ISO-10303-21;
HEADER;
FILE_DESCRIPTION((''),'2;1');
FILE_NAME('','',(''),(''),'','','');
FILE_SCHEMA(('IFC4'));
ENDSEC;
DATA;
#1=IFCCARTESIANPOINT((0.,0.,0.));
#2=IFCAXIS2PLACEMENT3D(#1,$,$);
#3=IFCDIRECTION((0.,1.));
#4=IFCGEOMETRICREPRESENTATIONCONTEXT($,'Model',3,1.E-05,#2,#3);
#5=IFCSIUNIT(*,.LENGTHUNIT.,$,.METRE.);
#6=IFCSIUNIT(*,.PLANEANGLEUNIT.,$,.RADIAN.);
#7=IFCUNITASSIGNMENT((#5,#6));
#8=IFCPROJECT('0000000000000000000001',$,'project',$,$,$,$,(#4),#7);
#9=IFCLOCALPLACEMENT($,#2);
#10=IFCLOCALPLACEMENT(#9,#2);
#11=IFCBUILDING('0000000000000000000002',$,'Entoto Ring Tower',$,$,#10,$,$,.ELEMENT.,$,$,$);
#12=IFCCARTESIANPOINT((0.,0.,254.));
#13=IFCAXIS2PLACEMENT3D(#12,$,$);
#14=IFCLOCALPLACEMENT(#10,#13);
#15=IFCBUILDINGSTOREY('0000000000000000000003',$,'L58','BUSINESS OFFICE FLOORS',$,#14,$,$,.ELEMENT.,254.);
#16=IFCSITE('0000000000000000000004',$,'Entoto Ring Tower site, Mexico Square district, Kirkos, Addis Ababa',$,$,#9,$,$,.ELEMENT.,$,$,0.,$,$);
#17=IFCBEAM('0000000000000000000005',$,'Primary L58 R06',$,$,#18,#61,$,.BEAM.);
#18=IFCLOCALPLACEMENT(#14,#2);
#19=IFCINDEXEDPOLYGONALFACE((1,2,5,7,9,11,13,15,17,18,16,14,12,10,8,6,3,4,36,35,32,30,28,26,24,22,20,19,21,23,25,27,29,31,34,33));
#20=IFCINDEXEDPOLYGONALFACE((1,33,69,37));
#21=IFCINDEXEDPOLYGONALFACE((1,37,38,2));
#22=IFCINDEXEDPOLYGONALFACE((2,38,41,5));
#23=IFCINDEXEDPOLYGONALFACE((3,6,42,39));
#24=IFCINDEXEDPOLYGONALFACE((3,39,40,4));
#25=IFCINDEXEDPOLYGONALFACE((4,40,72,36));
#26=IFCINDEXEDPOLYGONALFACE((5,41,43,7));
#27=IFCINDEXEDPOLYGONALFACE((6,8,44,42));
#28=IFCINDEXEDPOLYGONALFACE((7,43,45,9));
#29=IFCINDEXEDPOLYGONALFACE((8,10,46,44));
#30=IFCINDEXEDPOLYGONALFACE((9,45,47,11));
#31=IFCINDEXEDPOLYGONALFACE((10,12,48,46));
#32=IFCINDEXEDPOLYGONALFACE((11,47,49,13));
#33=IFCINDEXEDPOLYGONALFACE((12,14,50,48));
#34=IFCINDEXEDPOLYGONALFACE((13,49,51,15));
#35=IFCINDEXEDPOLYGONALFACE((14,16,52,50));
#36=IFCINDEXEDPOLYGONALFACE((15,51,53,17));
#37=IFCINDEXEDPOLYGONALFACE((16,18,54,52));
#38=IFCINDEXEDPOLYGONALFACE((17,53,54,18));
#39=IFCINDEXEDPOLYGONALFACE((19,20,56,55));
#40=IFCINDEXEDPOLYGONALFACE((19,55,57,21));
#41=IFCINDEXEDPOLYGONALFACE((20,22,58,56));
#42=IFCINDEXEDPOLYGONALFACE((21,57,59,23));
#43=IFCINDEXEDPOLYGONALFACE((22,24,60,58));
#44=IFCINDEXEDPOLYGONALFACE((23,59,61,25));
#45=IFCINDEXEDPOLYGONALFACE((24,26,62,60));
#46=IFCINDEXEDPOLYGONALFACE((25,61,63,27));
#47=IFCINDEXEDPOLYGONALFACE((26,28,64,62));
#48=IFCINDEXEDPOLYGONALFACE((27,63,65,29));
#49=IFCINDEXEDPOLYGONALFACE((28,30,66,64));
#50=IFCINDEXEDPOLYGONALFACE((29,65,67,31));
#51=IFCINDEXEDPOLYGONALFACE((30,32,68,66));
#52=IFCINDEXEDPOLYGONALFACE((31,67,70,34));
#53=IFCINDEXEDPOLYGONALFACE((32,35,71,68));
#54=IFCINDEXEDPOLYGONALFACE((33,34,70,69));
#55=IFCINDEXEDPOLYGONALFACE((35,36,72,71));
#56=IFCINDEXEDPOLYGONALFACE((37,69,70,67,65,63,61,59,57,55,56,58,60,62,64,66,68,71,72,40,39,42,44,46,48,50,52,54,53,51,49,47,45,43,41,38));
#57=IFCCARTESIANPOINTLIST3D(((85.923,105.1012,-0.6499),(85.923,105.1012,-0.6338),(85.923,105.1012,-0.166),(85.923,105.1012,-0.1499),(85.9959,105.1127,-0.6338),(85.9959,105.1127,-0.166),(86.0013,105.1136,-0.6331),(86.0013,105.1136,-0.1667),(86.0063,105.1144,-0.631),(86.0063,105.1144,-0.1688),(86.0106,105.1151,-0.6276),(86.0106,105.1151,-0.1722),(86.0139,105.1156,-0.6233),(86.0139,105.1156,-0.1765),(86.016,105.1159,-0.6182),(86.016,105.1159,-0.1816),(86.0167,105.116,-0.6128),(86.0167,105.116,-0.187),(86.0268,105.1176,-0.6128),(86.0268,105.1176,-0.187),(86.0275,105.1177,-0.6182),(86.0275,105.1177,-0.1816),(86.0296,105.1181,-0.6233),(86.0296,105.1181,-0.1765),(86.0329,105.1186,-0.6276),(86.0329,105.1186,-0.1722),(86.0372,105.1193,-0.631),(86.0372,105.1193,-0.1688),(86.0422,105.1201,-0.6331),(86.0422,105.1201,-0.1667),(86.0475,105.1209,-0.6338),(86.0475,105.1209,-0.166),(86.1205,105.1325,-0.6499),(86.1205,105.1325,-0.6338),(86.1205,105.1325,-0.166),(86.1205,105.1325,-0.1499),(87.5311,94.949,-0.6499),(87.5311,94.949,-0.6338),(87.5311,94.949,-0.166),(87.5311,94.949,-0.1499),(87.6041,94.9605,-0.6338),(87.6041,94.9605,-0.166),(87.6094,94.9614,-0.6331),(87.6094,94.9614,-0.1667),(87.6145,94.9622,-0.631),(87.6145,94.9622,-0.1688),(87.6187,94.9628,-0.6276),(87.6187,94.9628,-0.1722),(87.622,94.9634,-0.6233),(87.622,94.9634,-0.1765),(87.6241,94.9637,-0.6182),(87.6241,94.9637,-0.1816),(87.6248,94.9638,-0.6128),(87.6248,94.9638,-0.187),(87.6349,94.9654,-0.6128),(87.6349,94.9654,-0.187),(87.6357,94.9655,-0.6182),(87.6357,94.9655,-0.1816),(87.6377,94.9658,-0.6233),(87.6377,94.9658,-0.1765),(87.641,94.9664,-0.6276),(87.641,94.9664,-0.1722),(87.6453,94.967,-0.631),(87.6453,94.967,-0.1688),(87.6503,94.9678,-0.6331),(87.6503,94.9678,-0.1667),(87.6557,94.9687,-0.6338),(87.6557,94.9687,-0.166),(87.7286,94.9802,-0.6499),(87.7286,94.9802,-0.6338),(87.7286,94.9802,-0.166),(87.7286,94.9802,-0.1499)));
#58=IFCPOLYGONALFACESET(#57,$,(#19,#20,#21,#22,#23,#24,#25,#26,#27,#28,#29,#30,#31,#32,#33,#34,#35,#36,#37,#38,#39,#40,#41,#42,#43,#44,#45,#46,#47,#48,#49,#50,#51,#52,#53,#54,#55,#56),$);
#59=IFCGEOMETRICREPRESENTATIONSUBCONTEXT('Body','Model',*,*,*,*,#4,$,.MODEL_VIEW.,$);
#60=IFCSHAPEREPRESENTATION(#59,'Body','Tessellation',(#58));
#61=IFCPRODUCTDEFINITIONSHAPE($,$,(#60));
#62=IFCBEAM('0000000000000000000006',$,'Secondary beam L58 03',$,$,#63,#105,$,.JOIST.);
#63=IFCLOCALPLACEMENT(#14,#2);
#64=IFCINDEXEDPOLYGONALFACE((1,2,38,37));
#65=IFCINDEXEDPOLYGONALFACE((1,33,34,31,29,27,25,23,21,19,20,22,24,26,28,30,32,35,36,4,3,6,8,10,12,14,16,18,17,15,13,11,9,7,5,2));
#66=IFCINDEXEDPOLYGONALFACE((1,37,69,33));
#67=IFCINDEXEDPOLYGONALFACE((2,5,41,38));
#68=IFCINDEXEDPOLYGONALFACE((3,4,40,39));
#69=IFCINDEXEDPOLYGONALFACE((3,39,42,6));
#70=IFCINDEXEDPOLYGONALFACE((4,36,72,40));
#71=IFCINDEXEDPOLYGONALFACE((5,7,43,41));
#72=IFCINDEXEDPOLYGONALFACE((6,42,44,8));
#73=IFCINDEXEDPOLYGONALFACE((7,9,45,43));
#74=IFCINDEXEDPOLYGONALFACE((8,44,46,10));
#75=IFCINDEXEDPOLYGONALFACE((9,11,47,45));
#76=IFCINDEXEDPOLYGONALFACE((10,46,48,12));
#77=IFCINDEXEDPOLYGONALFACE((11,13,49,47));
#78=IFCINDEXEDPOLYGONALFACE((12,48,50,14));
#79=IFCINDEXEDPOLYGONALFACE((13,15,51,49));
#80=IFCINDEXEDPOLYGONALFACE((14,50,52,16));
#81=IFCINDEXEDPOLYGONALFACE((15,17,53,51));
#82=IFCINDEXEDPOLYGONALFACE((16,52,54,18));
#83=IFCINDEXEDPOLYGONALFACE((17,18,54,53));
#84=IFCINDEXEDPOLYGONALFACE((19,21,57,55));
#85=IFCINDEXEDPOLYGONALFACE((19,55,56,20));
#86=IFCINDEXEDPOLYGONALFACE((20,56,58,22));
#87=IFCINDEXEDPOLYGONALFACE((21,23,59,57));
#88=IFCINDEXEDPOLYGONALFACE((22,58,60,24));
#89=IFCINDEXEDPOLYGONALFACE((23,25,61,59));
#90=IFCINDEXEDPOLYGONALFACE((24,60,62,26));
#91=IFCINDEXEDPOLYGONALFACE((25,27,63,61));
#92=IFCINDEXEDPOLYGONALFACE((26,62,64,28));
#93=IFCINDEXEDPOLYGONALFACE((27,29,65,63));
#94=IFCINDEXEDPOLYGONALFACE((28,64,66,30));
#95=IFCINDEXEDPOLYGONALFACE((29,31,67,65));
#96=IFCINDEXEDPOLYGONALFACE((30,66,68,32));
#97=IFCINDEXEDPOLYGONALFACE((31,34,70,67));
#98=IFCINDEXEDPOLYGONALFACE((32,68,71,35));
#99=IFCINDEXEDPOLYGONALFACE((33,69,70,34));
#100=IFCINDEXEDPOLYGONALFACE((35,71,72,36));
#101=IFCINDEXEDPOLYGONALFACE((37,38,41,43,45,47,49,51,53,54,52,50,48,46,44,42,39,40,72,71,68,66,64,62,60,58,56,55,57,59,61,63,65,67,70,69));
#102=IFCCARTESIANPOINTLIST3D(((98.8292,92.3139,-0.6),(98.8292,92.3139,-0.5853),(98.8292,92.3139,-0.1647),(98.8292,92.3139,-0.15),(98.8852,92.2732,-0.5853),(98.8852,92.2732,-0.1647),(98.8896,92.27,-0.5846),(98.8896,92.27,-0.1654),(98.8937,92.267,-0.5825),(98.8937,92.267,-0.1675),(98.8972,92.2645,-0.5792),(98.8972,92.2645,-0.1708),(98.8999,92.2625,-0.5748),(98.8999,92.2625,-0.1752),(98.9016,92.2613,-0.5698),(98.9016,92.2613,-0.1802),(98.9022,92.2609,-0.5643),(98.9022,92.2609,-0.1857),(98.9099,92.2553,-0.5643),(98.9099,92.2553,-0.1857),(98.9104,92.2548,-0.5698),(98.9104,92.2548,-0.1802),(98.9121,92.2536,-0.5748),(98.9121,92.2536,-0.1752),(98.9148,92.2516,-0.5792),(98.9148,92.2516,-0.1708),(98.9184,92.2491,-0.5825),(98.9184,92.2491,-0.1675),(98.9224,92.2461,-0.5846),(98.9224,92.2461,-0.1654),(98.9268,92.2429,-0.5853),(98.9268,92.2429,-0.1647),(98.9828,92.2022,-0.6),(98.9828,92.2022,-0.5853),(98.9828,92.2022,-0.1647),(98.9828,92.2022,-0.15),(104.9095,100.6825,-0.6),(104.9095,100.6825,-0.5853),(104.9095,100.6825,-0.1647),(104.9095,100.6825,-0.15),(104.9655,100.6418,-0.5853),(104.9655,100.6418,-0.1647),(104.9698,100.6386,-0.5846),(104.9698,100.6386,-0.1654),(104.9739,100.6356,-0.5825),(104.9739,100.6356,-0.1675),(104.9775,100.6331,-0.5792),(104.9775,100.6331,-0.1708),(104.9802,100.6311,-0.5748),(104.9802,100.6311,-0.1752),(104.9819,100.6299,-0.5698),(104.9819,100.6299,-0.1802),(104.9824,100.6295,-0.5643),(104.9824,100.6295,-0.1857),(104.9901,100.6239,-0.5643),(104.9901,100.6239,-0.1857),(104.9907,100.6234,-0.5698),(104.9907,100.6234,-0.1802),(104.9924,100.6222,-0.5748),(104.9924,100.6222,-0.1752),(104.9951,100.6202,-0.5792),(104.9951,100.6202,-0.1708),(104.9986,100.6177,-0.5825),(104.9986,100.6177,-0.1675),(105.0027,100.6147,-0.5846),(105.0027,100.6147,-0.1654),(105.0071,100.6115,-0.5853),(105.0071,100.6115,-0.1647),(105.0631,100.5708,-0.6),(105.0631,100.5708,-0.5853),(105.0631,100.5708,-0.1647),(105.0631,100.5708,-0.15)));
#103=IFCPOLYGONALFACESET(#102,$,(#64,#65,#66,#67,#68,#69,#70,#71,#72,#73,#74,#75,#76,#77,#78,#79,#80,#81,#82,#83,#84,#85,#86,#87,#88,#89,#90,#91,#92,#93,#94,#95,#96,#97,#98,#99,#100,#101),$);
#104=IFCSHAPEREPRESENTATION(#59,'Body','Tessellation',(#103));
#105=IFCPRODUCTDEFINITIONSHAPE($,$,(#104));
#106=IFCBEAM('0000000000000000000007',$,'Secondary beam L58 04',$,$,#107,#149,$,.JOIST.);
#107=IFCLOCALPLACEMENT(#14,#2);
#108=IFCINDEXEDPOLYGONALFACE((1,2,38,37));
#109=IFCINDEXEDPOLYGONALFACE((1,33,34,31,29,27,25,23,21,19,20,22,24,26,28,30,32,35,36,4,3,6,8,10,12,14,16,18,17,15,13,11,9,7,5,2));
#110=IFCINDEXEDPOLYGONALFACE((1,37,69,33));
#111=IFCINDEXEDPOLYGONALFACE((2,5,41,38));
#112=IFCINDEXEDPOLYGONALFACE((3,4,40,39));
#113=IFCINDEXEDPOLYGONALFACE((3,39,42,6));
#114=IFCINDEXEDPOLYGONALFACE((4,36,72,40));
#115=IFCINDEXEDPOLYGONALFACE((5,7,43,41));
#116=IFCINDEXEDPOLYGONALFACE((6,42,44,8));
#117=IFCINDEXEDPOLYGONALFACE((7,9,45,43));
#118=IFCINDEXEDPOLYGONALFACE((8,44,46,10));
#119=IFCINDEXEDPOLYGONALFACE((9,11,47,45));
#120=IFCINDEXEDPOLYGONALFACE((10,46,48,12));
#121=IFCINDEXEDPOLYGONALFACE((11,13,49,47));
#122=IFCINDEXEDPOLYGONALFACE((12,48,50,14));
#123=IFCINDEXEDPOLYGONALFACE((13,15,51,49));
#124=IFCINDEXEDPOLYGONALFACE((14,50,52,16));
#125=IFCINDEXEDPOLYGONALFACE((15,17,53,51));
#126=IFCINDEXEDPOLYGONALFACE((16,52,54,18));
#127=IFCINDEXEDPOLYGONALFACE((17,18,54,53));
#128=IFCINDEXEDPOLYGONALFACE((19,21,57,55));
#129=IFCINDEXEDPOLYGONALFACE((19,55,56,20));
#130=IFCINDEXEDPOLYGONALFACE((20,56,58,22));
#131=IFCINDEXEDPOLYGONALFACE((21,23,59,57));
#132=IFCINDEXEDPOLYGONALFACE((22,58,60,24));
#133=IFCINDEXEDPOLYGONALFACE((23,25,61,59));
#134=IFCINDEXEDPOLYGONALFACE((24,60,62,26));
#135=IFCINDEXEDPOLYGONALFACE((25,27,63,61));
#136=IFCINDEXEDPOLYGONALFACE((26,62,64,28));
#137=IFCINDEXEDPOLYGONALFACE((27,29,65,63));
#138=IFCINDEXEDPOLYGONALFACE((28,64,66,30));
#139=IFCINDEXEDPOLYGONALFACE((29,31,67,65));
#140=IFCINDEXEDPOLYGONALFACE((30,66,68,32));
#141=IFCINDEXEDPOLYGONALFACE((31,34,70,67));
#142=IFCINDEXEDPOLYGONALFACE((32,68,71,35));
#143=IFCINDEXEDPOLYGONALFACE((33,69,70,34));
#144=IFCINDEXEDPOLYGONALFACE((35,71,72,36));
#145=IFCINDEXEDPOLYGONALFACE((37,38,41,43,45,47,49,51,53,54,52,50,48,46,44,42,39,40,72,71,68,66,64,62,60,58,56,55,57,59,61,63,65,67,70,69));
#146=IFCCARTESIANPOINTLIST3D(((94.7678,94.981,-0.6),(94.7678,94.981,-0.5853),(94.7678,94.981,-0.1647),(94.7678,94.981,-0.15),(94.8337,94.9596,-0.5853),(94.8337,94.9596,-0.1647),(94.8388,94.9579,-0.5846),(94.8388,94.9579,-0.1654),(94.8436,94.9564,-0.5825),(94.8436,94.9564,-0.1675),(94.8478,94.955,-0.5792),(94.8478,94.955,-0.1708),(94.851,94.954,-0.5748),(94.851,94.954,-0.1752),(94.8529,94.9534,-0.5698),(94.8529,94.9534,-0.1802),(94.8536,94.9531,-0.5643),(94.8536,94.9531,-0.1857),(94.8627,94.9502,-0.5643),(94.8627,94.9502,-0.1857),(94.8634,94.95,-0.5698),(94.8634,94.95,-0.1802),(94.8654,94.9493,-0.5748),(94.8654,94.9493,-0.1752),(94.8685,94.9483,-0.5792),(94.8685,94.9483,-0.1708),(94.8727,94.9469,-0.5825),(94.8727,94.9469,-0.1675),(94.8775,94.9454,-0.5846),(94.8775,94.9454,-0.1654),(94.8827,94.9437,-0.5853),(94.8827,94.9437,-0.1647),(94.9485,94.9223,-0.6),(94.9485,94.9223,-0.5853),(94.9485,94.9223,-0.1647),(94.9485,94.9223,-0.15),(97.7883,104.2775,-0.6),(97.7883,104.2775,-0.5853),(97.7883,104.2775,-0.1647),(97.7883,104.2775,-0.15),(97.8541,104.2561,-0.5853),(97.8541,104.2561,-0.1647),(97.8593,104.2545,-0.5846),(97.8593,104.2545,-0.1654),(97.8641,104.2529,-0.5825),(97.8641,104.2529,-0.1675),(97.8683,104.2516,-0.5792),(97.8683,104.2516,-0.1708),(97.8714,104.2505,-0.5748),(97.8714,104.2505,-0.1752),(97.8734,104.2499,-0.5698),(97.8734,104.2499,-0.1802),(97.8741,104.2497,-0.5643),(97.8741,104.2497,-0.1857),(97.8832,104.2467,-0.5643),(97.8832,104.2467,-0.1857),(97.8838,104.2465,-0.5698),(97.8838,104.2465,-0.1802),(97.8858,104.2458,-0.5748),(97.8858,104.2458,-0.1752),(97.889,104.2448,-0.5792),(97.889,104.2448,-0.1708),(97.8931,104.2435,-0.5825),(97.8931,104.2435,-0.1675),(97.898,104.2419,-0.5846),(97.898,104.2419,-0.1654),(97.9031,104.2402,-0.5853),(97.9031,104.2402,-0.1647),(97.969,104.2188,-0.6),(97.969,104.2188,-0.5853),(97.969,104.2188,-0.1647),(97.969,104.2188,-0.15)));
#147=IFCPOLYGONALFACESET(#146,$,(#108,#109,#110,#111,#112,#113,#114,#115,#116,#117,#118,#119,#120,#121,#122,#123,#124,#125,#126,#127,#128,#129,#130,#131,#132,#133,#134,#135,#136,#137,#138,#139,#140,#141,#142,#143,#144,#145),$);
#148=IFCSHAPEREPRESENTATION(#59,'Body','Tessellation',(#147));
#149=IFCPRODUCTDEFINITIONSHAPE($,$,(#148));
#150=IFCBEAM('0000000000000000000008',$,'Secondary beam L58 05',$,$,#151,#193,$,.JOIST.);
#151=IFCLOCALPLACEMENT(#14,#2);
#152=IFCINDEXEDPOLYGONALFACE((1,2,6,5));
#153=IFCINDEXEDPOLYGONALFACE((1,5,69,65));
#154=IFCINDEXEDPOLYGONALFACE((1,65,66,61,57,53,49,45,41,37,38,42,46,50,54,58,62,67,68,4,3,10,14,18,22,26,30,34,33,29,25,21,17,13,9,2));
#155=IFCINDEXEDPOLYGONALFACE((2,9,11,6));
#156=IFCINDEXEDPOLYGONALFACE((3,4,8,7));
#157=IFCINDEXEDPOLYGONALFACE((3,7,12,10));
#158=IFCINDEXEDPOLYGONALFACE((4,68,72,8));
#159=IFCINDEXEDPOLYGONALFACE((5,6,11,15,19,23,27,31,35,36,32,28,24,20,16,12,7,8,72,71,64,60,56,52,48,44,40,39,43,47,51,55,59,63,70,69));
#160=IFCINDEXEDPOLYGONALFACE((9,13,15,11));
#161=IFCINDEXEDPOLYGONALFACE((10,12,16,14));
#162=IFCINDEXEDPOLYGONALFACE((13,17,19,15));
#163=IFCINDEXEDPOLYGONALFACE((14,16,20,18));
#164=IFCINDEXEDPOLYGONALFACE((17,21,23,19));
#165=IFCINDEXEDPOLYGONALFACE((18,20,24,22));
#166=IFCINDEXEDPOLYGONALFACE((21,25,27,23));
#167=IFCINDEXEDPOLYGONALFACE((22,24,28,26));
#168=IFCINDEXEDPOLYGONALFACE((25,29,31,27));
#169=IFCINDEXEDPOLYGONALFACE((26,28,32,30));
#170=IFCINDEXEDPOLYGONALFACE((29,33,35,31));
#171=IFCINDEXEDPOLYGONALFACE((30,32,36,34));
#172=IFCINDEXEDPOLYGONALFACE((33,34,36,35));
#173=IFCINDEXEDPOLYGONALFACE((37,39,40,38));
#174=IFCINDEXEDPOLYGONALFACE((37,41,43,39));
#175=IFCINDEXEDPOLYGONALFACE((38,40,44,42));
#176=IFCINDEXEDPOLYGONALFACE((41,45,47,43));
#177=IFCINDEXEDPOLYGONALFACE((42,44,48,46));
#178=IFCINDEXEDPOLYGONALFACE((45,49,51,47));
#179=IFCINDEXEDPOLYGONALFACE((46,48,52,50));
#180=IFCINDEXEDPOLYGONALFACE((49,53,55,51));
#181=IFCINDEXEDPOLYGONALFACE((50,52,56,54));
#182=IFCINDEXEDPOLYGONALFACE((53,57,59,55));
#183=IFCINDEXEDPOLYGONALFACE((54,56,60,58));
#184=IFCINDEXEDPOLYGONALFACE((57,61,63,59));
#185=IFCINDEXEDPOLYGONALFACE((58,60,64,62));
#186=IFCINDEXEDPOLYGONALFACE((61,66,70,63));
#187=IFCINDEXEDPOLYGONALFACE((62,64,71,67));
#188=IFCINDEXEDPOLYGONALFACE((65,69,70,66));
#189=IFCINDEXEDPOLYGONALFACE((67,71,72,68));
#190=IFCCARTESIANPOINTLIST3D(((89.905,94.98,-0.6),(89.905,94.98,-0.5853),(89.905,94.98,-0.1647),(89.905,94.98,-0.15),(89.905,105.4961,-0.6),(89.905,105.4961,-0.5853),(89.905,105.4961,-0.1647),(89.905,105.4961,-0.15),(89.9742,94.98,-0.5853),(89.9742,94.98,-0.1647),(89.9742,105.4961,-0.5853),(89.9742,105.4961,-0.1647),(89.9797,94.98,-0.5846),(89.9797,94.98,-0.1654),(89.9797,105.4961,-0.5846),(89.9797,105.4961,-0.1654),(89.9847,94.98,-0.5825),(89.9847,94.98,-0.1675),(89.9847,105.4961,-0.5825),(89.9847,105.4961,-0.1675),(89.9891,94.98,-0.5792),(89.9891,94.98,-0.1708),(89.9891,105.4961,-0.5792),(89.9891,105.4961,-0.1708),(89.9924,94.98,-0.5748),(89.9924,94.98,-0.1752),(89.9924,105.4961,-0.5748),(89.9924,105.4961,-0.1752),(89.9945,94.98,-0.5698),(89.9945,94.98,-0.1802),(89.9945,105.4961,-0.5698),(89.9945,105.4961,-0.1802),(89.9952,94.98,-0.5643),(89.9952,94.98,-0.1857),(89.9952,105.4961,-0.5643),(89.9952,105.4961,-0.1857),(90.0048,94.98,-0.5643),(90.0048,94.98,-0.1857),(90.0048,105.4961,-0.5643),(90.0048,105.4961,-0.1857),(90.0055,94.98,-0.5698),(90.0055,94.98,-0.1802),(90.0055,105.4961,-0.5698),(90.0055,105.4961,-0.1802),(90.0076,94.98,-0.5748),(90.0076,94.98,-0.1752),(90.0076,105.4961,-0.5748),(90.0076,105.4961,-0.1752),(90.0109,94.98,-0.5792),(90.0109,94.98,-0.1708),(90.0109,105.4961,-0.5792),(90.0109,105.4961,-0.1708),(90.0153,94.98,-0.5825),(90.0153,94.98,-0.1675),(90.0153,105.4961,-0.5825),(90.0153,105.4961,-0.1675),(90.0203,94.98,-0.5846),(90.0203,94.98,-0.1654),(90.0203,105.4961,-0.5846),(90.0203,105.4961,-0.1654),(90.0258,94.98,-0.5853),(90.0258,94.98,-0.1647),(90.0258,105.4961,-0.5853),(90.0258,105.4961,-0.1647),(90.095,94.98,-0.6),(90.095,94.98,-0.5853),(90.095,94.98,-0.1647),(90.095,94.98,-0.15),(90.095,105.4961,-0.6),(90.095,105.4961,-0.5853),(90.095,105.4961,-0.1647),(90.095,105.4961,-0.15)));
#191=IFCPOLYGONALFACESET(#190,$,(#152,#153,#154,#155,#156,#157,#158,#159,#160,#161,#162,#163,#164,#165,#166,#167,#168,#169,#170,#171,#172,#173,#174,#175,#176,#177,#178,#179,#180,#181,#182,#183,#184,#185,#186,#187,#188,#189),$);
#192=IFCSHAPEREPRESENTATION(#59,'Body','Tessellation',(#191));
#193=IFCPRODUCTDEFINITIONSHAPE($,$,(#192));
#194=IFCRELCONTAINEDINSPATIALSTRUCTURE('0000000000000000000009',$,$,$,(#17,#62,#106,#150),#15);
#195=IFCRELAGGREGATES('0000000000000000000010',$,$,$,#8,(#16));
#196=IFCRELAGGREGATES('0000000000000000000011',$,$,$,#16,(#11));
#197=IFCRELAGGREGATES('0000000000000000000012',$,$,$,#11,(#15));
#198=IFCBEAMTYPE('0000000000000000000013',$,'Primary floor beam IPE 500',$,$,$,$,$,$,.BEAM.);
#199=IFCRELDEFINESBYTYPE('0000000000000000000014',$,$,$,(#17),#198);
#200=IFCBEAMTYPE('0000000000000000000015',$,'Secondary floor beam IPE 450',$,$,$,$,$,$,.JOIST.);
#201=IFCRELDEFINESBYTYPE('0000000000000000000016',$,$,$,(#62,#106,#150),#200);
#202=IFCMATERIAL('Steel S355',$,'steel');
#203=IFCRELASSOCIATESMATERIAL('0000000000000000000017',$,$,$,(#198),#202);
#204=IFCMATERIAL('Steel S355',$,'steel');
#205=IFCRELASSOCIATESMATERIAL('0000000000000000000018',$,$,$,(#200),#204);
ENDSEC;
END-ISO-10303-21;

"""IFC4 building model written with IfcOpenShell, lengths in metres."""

from ifc_helpers import new_model, si_unit, direction, frame, origin, origin_2d, place, context, subcontext, project, spatial, i_section, extrude, material, material_profile, profile_set, type_object, element, save


model = new_model("IFC4")

# Units and contexts
model_context = context("Model", 3, precision=1e-05, world=origin(), true_north=direction((0.0, 1.0)))
body_context = subcontext(model_context, "Body", "Model", "MODEL_VIEW")
ifc_project = project(units=[si_unit("LENGTHUNIT", "METRE"), si_unit("PLANEANGLEUNIT", "RADIAN")], contexts=[model_context])

# Site, building, storey
site_placement = place(None, origin())
site = spatial("IfcSite", under=ifc_project, at=site_placement, Name="Entoto Ring Tower site, Mexico Square district, Kirkos, Addis Ababa", CompositionType="ELEMENT", RefElevation=0.0)
building_placement = place(site_placement, origin())
building = spatial("IfcBuilding", under=site, at=building_placement, Name="Entoto Ring Tower", CompositionType="ELEMENT")
storey_placement = place(building_placement, frame((0.0, 0.0, 254.0)))
storey = spatial("IfcBuildingStorey", under=building, at=storey_placement, Name="L58", Description="BUSINESS OFFICE FLOORS", CompositionType="ELEMENT", Elevation=254.0)

# Beams
ifc_material_1 = material(Name="Steel S355", Category="steel")
ifc_material_profile_1 = material_profile(ifc_material_1, i_section(OverallWidth=0.2, OverallDepth=0.5, WebThickness=0.0103, FlangeThickness=0.0161, FilletRadius=0.021, at=origin_2d()), Name="IPE 500")
ifc_profile_set_1 = profile_set([ifc_material_profile_1], Name="Steel S355")
beam_type_1 = type_object("IfcBeamType", Name="Primary floor beam IPE 500", PredefinedType="BEAM", material=ifc_profile_set_1)
for number, where, z_axis, x_axis, name in (
    (1, (87.6299, 94.9646, -0.3999), (-0.156452, 0.987686, 0.0), (-0.987686, -0.156452, 0.0), "Primary L58 R06"),
):
    element("IfcBeam", number, at=place(storey_placement, frame(where, z_axis=z_axis, x_axis=x_axis)), inside=storey, type_object=beam_type_1, Name=name, PredefinedType="BEAM", context=body_context, shape_type="SweptSolid", body=[
        extrude(i_section(OverallWidth=0.2, OverallDepth=0.5, WebThickness=0.0103, FlangeThickness=0.0161, FilletRadius=0.021, at=origin_2d()), origin(), (0.0, 0.0, 1.0), 10.2788),
    ])
ifc_material_2 = material(Name="Steel S355", Category="steel")
ifc_material_profile_2 = material_profile(ifc_material_2, i_section(OverallWidth=0.1899, OverallDepth=0.45, WebThickness=0.0095, FlangeThickness=0.0146, FilletRadius=0.021, at=origin_2d()), Name="IPE 450")
ifc_profile_set_2 = profile_set([ifc_material_profile_2], Name="Steel S355")
beam_type_2 = type_object("IfcBeamType", Name="Secondary floor beam IPE 450", PredefinedType="JOIST", material=ifc_profile_set_2)
beam_1_placement = place(storey_placement, frame((98.906, 92.2581, -0.375), z_axis=(0.587794, 0.809011, 0.0), x_axis=(-0.809011, 0.587794, 0.0)))
element("IfcBeam", 2, at=beam_1_placement, inside=storey, type_object=beam_type_2, Name="Secondary beam L58 03", PredefinedType="JOIST", context=body_context, shape_type="SweptSolid", body=[
    extrude(i_section(OverallWidth=0.1899, OverallDepth=0.45, WebThickness=0.0095, FlangeThickness=0.0146, FilletRadius=0.021, at=origin_2d()), origin(), (0.0, 0.0, 1.0), 10.3442),
])
beam_2_placement = place(storey_placement, frame((94.8582, 94.9517, -0.375), z_axis=(0.309003, 0.951061, 0.0), x_axis=(-0.951061, 0.309003, 0.0)))
element("IfcBeam", 3, at=beam_2_placement, inside=storey, type_object=beam_type_2, Name="Secondary beam L58 04", PredefinedType="JOIST", context=body_context, shape_type="SweptSolid", body=[
    extrude(i_section(OverallWidth=0.1899, OverallDepth=0.45, WebThickness=0.0095, FlangeThickness=0.0146, FilletRadius=0.021, at=origin_2d()), origin(), (0.0, 0.0, 1.0), 9.7749),
])
beam_3_placement = place(storey_placement, frame((90.0, 94.98, -0.375), z_axis=(0.0, 1.0, 0.0), x_axis=(-1.0, 0.0, 0.0)))
element("IfcBeam", 4, at=beam_3_placement, inside=storey, type_object=beam_type_2, Name="Secondary beam L58 05", PredefinedType="JOIST", context=body_context, shape_type="SweptSolid", body=[
    extrude(i_section(OverallWidth=0.1899, OverallDepth=0.45, WebThickness=0.0095, FlangeThickness=0.0146, FilletRadius=0.021, at=origin_2d()), origin(), (0.0, 0.0, 1.0), 10.5161),
])

save(model, "model.ifc")
